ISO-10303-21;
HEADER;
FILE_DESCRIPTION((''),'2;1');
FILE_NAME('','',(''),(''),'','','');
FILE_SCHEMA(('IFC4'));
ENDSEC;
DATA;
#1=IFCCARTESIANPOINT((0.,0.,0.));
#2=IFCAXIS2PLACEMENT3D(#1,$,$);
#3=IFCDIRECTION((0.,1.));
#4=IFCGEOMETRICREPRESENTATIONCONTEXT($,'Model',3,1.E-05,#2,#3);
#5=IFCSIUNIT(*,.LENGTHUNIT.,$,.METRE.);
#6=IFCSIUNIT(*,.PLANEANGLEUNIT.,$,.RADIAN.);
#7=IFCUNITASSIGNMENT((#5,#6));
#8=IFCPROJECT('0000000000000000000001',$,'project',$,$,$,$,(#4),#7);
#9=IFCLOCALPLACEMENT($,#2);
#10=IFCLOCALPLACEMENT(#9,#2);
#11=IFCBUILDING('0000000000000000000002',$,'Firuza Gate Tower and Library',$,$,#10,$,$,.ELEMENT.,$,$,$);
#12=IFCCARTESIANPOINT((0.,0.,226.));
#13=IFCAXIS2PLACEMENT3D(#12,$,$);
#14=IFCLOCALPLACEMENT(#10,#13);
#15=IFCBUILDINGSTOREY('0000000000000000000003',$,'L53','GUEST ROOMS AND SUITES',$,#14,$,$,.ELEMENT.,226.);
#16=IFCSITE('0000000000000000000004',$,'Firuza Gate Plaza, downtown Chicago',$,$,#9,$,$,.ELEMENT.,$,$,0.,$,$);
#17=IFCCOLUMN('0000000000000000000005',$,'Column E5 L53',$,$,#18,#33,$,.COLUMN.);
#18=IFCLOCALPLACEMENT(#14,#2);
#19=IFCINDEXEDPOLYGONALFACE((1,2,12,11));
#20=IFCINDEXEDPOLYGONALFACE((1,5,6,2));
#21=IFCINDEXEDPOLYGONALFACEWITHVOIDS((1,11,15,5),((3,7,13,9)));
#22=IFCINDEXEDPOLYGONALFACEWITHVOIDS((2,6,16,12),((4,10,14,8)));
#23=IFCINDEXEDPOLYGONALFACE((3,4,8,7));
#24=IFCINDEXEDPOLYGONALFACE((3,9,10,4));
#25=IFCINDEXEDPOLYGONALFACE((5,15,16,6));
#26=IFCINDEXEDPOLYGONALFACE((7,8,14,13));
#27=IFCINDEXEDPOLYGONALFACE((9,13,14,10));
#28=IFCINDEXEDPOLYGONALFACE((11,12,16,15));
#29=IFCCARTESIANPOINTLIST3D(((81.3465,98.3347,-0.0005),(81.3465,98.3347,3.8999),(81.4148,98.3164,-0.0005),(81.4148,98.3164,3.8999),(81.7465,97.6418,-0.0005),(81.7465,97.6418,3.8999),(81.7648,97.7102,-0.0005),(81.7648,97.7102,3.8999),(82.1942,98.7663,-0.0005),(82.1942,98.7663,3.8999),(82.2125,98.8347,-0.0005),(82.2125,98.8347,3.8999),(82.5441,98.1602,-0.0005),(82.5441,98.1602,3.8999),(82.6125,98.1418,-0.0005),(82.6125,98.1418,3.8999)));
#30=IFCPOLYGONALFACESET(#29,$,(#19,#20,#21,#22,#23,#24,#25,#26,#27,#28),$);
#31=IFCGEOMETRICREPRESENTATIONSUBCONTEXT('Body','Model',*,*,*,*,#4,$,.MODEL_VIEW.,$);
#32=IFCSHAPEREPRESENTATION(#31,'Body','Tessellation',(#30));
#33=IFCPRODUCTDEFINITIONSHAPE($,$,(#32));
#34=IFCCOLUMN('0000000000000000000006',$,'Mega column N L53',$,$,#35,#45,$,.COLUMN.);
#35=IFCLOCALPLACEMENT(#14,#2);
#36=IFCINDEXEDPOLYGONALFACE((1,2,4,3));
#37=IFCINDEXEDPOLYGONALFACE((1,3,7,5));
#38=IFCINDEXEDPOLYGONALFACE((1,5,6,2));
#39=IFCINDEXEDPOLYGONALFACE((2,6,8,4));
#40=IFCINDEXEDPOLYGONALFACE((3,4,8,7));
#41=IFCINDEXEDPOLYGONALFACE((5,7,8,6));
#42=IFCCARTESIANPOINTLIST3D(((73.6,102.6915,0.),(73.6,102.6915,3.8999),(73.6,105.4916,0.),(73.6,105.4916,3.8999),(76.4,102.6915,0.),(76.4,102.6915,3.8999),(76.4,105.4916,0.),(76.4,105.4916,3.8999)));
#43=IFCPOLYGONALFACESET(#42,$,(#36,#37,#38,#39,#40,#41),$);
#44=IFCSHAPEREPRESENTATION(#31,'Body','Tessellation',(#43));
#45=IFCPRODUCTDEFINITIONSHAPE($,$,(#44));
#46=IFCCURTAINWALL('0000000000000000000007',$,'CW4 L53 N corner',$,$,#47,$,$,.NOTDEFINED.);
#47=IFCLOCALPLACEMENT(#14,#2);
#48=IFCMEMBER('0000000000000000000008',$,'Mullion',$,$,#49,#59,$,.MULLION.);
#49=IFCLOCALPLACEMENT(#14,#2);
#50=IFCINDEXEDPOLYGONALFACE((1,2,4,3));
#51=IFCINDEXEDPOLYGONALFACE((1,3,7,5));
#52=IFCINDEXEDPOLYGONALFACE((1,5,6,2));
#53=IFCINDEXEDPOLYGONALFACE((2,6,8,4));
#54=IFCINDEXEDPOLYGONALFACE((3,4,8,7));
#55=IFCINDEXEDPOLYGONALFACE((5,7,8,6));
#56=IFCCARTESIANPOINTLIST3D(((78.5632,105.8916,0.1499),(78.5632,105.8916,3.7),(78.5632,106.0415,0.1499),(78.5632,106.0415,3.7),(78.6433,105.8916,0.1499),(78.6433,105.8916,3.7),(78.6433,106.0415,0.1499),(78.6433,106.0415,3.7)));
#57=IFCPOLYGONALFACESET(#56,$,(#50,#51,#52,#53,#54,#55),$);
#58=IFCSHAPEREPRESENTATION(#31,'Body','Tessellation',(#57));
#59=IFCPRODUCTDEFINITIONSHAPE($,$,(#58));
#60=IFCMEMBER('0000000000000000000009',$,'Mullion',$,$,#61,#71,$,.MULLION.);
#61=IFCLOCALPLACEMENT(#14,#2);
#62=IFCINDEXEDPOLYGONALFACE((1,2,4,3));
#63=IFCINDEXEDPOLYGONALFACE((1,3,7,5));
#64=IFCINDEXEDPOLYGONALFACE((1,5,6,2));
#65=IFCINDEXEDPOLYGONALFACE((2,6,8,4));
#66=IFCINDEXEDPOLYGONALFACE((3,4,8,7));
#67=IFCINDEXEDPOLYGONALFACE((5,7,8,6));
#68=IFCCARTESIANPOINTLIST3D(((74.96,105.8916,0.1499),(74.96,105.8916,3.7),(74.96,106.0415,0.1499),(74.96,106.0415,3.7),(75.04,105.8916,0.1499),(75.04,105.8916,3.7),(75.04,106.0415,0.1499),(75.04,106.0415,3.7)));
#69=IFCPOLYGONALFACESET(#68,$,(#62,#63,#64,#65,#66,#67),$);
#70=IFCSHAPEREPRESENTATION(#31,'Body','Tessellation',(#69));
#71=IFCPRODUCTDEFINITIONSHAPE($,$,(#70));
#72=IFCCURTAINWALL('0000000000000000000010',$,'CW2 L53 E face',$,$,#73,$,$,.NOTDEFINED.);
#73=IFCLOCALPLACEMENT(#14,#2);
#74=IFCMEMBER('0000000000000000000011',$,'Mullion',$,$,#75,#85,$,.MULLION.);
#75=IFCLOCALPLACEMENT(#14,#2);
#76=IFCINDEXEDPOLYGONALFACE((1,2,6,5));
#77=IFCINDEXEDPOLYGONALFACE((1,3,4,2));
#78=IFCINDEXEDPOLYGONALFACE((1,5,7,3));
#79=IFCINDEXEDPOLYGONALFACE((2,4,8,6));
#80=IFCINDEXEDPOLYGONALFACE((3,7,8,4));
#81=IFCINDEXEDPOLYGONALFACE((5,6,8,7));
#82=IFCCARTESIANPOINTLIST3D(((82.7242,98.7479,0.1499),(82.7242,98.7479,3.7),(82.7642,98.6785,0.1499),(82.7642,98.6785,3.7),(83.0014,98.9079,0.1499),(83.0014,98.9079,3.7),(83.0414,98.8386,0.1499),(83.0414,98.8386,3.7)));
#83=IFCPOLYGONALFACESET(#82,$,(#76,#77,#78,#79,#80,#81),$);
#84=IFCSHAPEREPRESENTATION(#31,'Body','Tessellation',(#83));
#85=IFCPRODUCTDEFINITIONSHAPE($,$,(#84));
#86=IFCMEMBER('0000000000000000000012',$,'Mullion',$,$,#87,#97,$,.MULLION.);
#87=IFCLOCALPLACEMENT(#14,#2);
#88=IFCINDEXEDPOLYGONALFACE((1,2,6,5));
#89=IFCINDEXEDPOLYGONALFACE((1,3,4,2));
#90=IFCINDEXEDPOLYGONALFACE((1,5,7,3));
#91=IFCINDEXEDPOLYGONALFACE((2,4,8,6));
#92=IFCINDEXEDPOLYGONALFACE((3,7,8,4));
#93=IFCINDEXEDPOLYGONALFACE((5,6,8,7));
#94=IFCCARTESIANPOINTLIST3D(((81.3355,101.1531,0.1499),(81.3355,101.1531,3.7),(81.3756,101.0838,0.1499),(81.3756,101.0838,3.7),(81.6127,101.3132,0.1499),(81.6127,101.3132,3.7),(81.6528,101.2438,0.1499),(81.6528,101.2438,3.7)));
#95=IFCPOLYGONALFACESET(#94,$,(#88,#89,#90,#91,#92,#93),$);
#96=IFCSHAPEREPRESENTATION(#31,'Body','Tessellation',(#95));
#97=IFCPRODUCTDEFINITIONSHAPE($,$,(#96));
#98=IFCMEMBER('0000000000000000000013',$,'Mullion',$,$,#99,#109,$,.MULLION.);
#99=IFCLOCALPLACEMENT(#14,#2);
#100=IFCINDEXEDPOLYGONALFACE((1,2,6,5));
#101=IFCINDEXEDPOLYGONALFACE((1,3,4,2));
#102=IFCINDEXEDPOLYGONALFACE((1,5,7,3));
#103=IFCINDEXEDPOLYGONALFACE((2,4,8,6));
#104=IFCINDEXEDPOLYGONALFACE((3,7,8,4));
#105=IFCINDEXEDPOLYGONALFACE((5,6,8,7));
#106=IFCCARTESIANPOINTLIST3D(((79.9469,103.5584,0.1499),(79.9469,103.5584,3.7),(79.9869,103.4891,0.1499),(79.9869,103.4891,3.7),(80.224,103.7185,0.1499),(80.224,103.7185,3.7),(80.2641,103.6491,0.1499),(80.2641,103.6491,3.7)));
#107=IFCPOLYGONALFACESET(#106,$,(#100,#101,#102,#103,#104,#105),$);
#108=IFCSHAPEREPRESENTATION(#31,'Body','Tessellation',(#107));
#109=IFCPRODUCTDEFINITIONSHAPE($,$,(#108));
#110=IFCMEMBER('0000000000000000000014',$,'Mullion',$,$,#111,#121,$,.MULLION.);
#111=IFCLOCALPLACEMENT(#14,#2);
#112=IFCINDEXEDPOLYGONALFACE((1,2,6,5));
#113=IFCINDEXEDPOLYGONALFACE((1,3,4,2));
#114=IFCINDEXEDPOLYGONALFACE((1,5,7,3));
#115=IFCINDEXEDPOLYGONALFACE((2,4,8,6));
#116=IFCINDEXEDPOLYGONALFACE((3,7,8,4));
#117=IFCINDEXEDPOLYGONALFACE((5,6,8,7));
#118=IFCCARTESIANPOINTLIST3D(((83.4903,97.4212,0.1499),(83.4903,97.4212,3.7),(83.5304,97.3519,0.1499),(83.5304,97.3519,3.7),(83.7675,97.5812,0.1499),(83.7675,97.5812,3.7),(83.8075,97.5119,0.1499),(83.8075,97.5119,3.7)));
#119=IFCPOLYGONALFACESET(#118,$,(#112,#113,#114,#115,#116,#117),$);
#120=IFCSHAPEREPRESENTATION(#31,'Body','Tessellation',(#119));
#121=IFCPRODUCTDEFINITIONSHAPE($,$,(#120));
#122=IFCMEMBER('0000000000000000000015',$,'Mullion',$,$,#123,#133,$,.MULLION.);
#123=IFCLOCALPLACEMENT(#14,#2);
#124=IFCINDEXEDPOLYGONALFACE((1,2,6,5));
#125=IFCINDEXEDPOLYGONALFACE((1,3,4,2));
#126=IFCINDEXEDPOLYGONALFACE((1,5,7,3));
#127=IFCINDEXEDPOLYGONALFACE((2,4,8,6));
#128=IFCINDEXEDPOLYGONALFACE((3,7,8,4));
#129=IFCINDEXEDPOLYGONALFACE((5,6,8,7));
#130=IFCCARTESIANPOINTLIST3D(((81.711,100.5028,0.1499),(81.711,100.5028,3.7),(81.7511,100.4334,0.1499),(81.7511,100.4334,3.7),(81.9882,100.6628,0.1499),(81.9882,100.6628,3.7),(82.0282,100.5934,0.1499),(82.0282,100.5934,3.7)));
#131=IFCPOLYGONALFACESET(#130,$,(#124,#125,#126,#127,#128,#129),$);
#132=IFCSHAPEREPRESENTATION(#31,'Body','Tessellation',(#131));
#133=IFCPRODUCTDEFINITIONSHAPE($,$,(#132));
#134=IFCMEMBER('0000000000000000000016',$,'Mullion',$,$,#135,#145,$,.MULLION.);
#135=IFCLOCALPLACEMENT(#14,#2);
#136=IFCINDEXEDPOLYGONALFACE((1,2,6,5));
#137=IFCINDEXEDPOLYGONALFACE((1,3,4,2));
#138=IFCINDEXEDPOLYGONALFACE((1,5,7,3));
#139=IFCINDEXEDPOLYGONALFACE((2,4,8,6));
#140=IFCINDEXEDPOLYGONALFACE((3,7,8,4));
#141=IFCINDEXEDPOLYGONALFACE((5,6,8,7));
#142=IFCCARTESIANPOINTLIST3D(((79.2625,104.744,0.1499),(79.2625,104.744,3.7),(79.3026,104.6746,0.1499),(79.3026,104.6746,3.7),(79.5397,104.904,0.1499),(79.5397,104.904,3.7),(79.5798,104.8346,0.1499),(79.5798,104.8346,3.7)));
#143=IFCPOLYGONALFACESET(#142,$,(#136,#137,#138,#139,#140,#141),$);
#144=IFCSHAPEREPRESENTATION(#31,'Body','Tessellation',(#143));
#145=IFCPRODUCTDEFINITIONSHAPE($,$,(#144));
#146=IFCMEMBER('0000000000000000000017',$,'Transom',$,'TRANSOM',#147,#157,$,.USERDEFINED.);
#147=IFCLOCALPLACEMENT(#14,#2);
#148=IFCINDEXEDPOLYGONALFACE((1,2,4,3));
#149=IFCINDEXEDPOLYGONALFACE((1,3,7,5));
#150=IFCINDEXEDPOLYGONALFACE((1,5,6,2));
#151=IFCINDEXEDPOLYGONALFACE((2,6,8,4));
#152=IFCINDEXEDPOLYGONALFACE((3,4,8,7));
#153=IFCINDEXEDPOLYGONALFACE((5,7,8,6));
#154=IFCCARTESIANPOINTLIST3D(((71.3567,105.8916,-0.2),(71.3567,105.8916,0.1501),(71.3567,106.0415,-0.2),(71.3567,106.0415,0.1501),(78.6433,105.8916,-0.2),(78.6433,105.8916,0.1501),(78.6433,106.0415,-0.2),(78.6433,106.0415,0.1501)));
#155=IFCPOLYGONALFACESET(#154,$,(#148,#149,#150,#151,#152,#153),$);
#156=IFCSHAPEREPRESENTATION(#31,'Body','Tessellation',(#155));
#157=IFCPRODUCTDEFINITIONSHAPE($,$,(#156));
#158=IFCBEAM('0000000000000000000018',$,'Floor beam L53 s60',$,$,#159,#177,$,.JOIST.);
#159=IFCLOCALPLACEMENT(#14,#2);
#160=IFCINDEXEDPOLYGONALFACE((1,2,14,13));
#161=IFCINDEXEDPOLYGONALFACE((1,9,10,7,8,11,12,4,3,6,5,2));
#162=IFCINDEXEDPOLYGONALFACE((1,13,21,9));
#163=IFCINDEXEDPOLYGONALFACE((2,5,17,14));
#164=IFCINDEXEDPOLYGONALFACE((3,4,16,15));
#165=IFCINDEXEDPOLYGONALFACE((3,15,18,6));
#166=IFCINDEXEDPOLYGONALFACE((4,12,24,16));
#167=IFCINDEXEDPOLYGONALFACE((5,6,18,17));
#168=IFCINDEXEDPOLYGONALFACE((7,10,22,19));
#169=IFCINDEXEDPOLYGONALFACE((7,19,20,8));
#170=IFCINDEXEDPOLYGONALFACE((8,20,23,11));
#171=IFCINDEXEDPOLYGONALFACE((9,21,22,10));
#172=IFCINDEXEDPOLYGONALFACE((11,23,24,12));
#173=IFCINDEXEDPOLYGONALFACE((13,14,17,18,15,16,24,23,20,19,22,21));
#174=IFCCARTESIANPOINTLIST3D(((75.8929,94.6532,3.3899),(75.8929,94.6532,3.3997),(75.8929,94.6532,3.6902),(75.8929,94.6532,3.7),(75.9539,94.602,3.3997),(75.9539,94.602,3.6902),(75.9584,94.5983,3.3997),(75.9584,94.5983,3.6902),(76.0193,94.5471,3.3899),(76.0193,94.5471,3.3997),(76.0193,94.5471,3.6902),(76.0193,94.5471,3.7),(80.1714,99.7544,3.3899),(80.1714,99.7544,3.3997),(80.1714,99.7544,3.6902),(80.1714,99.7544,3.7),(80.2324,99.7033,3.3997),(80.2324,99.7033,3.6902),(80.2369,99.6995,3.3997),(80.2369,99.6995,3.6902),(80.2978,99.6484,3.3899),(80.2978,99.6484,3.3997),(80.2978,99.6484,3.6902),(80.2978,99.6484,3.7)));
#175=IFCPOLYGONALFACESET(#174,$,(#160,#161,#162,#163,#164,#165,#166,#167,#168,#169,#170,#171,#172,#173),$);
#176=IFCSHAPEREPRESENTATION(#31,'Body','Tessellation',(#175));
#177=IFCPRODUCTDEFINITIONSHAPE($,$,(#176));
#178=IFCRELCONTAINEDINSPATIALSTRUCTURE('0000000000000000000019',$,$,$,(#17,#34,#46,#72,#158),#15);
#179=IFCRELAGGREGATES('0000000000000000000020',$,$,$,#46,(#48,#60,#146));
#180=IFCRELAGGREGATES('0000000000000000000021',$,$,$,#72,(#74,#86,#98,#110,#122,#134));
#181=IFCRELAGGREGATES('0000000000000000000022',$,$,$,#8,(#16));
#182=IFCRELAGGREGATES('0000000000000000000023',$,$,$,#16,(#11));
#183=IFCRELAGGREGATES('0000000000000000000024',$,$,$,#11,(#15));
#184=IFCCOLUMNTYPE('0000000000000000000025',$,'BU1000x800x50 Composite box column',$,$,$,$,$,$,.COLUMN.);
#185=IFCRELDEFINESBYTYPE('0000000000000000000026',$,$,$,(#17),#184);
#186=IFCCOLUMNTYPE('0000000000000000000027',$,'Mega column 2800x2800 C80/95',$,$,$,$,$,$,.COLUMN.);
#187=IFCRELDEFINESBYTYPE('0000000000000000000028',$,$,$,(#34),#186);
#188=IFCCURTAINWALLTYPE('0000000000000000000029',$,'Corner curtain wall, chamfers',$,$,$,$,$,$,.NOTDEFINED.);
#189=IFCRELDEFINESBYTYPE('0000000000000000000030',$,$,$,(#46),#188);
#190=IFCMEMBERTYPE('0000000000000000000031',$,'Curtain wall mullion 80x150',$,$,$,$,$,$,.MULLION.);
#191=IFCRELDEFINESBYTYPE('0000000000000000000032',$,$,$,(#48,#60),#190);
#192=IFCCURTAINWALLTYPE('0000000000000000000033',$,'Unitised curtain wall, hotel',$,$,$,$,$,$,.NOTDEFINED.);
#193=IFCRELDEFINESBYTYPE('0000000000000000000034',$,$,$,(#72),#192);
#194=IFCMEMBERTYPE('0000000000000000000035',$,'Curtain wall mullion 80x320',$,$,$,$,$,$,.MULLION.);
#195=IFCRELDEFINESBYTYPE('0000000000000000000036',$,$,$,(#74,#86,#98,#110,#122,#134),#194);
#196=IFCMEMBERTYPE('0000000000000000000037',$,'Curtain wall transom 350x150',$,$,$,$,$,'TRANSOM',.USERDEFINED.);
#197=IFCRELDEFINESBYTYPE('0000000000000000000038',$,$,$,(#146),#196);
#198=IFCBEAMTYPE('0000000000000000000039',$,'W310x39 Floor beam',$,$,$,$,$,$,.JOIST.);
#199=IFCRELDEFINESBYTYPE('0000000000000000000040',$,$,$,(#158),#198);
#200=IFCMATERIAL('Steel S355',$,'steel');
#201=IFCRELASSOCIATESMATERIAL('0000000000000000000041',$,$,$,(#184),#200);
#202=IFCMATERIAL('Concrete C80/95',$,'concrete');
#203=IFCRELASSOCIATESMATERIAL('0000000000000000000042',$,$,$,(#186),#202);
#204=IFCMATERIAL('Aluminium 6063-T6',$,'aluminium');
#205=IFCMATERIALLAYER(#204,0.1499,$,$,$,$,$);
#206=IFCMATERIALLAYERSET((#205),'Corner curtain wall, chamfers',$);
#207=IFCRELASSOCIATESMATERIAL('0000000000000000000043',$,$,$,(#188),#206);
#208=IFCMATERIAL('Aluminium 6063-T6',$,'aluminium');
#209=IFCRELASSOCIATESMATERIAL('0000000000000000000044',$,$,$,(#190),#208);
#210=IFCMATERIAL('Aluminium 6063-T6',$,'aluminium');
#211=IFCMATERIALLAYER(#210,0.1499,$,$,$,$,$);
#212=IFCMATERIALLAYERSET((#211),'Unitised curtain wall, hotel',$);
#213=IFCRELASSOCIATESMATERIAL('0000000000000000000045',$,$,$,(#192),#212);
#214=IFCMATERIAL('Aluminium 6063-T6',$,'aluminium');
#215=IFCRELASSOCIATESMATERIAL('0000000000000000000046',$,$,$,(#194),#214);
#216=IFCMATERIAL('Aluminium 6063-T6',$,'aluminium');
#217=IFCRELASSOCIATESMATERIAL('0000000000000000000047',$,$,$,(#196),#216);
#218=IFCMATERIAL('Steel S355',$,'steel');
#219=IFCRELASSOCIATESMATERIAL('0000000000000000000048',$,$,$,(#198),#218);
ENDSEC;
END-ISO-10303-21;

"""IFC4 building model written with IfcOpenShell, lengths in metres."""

from ifc_helpers import new_model, si_unit, direction, frame, origin, origin_2d, place, context, subcontext, project, spatial, rectangle, hollow_rectangle, i_section, extrude, material, layer, layer_set, material_profile, profile_set, type_object, element, aggregate, save


model = new_model("IFC4")

# Units and contexts
model_context = context("Model", 3, precision=1e-05, world=origin(), true_north=direction((0.0, 1.0)))
body_context = subcontext(model_context, "Body", "Model", "MODEL_VIEW")
ifc_project = project(units=[si_unit("LENGTHUNIT", "METRE"), si_unit("PLANEANGLEUNIT", "RADIAN")], contexts=[model_context])

# Site, building, storey
site_placement = place(None, origin())
site = spatial("IfcSite", under=ifc_project, at=site_placement, Name="Firuza Gate Plaza, downtown Chicago", CompositionType="ELEMENT", RefElevation=0.0)
building_placement = place(site_placement, origin())
building = spatial("IfcBuilding", under=site, at=building_placement, Name="Firuza Gate Tower and Library", CompositionType="ELEMENT")
storey_placement = place(building_placement, frame((0.0, 0.0, 226.0)))
storey = spatial("IfcBuildingStorey", under=building, at=storey_placement, Name="L53", Description="GUEST ROOMS AND SUITES", CompositionType="ELEMENT", Elevation=226.0)

# Columns
ifc_material_1 = material(Name="Steel S355", Category="steel")
ifc_material_profile_1 = material_profile(ifc_material_1, hollow_rectangle(XDim=0.8, YDim=1.0, WallThickness=0.05, at=origin_2d()))
ifc_profile_set_1 = profile_set([ifc_material_profile_1], Name="Steel S355")
column_type_1 = type_object("IfcColumnType", Name="BU1000x800x50 Composite box column", PredefinedType="COLUMN", material=ifc_profile_set_1)
column_1_placement = place(storey_placement, frame((81.9795, 98.2383, -0.0005), z_axis=(0.0, 0.0, 1.0), x_axis=(-0.5, 0.866025, 0.0)))
element("IfcColumn", 1, at=column_1_placement, inside=storey, type_object=column_type_1, Name="Column E5 L53", PredefinedType="COLUMN", context=body_context, shape_type="SweptSolid", body=[
    extrude(hollow_rectangle(XDim=0.8, YDim=1.0, WallThickness=0.05, at=origin_2d()), origin(), (0.0, 0.0, 1.0), 3.9004),
])
ifc_material_2 = material(Name="Concrete C80/95", Category="concrete")
ifc_material_profile_2 = material_profile(ifc_material_2, rectangle(XDim=2.8, YDim=2.8, at=origin_2d()))
ifc_profile_set_2 = profile_set([ifc_material_profile_2], Name="Concrete C80/95")
column_type_2 = type_object("IfcColumnType", Name="Mega column 2800x2800 C80/95", PredefinedType="COLUMN", material=ifc_profile_set_2)
column_2_placement = place(storey_placement, frame((75.0, 104.0916, 0.0), z_axis=(0.0, 0.0, 1.0), x_axis=(-1.0, 0.0, 0.0)))
element("IfcColumn", 2, at=column_2_placement, inside=storey, type_object=column_type_2, Name="Mega column N L53", PredefinedType="COLUMN", context=body_context, shape_type="SweptSolid", body=[
    extrude(rectangle(XDim=2.8, YDim=2.8, at=origin_2d()), origin(), (0.0, 0.0, 1.0), 3.8999),
])

# Curtain walls, members
ifc_material_3 = material(Name="Aluminium 6063-T6", Category="aluminium")
ifc_layer_1 = layer(ifc_material_3, 0.1499)
ifc_layer_set_1 = layer_set([ifc_layer_1], Name="Corner curtain wall, chamfers")
curtain_wall_type_1 = type_object("IfcCurtainWallType", Name="Corner curtain wall, chamfers", PredefinedType="NOTDEFINED", material=ifc_layer_set_1)
placement = place(storey_placement, origin())
curtain_wall_1 = element("IfcCurtainWall", 3, at=placement, inside=storey, type_object=curtain_wall_type_1, Name="CW4 L53 N corner", PredefinedType="NOTDEFINED")
ifc_material_4 = material(Name="Aluminium 6063-T6", Category="aluminium")
ifc_material_profile_3 = material_profile(ifc_material_4, rectangle(XDim=0.1499, YDim=0.0801, at=origin_2d()))
ifc_profile_set_3 = profile_set([ifc_material_profile_3], Name="Aluminium 6063-T6")
member_type_1 = type_object("IfcMemberType", Name="Curtain wall mullion 80x150", PredefinedType="MULLION", material=ifc_profile_set_3)
member_1_placement = place(storey_placement, frame((78.6033, 105.9666, 0.1499), z_axis=(0.0, 0.0, 1.0), x_axis=(0.0, -1.0, 0.0)))
member_1 = element("IfcMember", 4, at=member_1_placement, type_object=member_type_1, Name="Mullion", PredefinedType="MULLION", context=body_context, shape_type="SweptSolid", body=[
    extrude(rectangle(XDim=0.1499, YDim=0.0801, at=origin_2d()), origin(), (0.0, 0.0, 1.0), 3.55),
])
member_2_placement = place(storey_placement, frame((75.0, 105.9666, 0.1499), z_axis=(0.0, 0.0, 1.0), x_axis=(0.0, -1.0, 0.0)))
member_2 = element("IfcMember", 5, at=member_2_placement, type_object=member_type_1, Name="Mullion", PredefinedType="MULLION", context=body_context, shape_type="SweptSolid", body=[
    extrude(rectangle(XDim=0.1499, YDim=0.0801, at=origin_2d()), origin(), (0.0, 0.0, 1.0), 3.55),
])
ifc_material_5 = material(Name="Aluminium 6063-T6", Category="aluminium")
ifc_layer_2 = layer(ifc_material_5, 0.1499)
ifc_layer_set_2 = layer_set([ifc_layer_2], Name="Unitised curtain wall, hotel")
curtain_wall_type_2 = type_object("IfcCurtainWallType", Name="Unitised curtain wall, hotel", PredefinedType="NOTDEFINED", material=ifc_layer_set_2)
curtain_wall_2 = element("IfcCurtainWall", 6, at=placement, inside=storey, type_object=curtain_wall_type_2, Name="CW2 L53 E face", PredefinedType="NOTDEFINED")
ifc_material_6 = material(Name="Aluminium 6063-T6", Category="aluminium")
ifc_material_profile_4 = material_profile(ifc_material_6, rectangle(XDim=0.3201, YDim=0.0801, at=origin_2d()))
ifc_profile_set_4 = profile_set([ifc_material_profile_4], Name="Aluminium 6063-T6")
member_type_2 = type_object("IfcMemberType", Name="Curtain wall mullion 80x320", PredefinedType="MULLION", material=ifc_profile_set_4)
member_3_placement = place(storey_placement, frame((82.8828, 98.7932, 0.1499), z_axis=(0.0, 0.0, 1.0), x_axis=(-0.866025, -0.5, 0.0)))
member_3 = element("IfcMember", 7, at=member_3_placement, type_object=member_type_2, Name="Mullion", PredefinedType="MULLION", context=body_context, shape_type="SweptSolid", body=[
    extrude(rectangle(XDim=0.3201, YDim=0.0801, at=origin_2d()), origin(), (0.0, 0.0, 1.0), 3.55),
])
member_4_placement = place(storey_placement, frame((81.4941, 101.1985, 0.1499), z_axis=(0.0, 0.0, 1.0), x_axis=(-0.866025, -0.5, 0.0)))
member_4 = element("IfcMember", 8, at=member_4_placement, type_object=member_type_2, Name="Mullion", PredefinedType="MULLION", context=body_context, shape_type="SweptSolid", body=[
    extrude(rectangle(XDim=0.3201, YDim=0.0801, at=origin_2d()), origin(), (0.0, 0.0, 1.0), 3.55),
])
member_5_placement = place(storey_placement, frame((80.1055, 103.6038, 0.1499), z_axis=(0.0, 0.0, 1.0), x_axis=(-0.866025, -0.5, 0.0)))
member_5 = element("IfcMember", 9, at=member_5_placement, type_object=member_type_2, Name="Mullion", PredefinedType="MULLION", context=body_context, shape_type="SweptSolid", body=[
    extrude(rectangle(XDim=0.3201, YDim=0.0801, at=origin_2d()), origin(), (0.0, 0.0, 1.0), 3.55),
])
member_6_placement = place(storey_placement, frame((83.6489, 97.4666, 0.1499), z_axis=(0.0, 0.0, 1.0), x_axis=(-0.866025, -0.5, 0.0)))
member_6 = element("IfcMember", 10, at=member_6_placement, type_object=member_type_2, Name="Mullion", PredefinedType="MULLION", context=body_context, shape_type="SweptSolid", body=[
    extrude(rectangle(XDim=0.3201, YDim=0.0801, at=origin_2d()), origin(), (0.0, 0.0, 1.0), 3.55),
])
member_7_placement = place(storey_placement, frame((81.8696, 100.5481, 0.1499), z_axis=(0.0, 0.0, 1.0), x_axis=(-0.866025, -0.5, 0.0)))
member_7 = element("IfcMember", 11, at=member_7_placement, type_object=member_type_2, Name="Mullion", PredefinedType="MULLION", context=body_context, shape_type="SweptSolid", body=[
    extrude(rectangle(XDim=0.3201, YDim=0.0801, at=origin_2d()), origin(), (0.0, 0.0, 1.0), 3.55),
])
member_8_placement = place(storey_placement, frame((79.4211, 104.7893, 0.1499), z_axis=(0.0, 0.0, 1.0), x_axis=(-0.866025, -0.5, 0.0)))
member_8 = element("IfcMember", 12, at=member_8_placement, type_object=member_type_2, Name="Mullion", PredefinedType="MULLION", context=body_context, shape_type="SweptSolid", body=[
    extrude(rectangle(XDim=0.3201, YDim=0.0801, at=origin_2d()), origin(), (0.0, 0.0, 1.0), 3.55),
])

# Member
ifc_material_7 = material(Name="Aluminium 6063-T6", Category="aluminium")
ifc_material_profile_5 = material_profile(ifc_material_7, rectangle(XDim=0.1499, YDim=0.3501, at=origin_2d()))
ifc_profile_set_5 = profile_set([ifc_material_profile_5], Name="Aluminium 6063-T6")
member_type_3 = type_object("IfcMemberType", Name="Curtain wall transom 350x150", ElementType="TRANSOM", PredefinedType="USERDEFINED", material=ifc_profile_set_5)
member_9_placement = place(storey_placement, frame((78.6433, 105.9666, -0.0249), z_axis=(-1.0, 0.0, 0.0), x_axis=(0.0, -1.0, 0.0)))
member_9 = element("IfcMember", 13, at=member_9_placement, type_object=member_type_3, Name="Transom", ObjectType="TRANSOM", PredefinedType="USERDEFINED", context=body_context, shape_type="SweptSolid", body=[
    extrude(rectangle(XDim=0.1499, YDim=0.3501, at=origin_2d()), origin(), (0.0, 0.0, 1.0), 7.2866),
])

# Beam
ifc_material_8 = material(Name="Steel S355", Category="steel")
ifc_material_profile_6 = material_profile(ifc_material_8, i_section(OverallWidth=0.165, OverallDepth=0.3101, WebThickness=0.0059, FlangeThickness=0.0098, at=origin_2d()))
ifc_profile_set_6 = profile_set([ifc_material_profile_6], Name="Steel S355")
beam_type_1 = type_object("IfcBeamType", Name="W310x39 Floor beam", PredefinedType="JOIST", material=ifc_profile_set_6)
beam_1_placement = place(storey_placement, frame((80.2346, 99.7014, 3.5449), z_axis=(-0.642616, -0.766189, 0.0), x_axis=(0.766189, -0.642616, 0.0)))
element("IfcBeam", 14, at=beam_1_placement, inside=storey, type_object=beam_type_1, Name="Floor beam L53 s60", PredefinedType="JOIST", context=body_context, shape_type="SweptSolid", body=[
    extrude(i_section(OverallWidth=0.165, OverallDepth=0.3101, WebThickness=0.0059, FlangeThickness=0.0098, at=origin_2d()), origin(), (0.0, 0.0, 1.0), 6.658),
])

aggregate(curtain_wall_1, [member_1, member_2, member_9])
aggregate(curtain_wall_2, [member_3, member_4, member_5, member_6, member_7, member_8])

save(model, "model.ifc")
